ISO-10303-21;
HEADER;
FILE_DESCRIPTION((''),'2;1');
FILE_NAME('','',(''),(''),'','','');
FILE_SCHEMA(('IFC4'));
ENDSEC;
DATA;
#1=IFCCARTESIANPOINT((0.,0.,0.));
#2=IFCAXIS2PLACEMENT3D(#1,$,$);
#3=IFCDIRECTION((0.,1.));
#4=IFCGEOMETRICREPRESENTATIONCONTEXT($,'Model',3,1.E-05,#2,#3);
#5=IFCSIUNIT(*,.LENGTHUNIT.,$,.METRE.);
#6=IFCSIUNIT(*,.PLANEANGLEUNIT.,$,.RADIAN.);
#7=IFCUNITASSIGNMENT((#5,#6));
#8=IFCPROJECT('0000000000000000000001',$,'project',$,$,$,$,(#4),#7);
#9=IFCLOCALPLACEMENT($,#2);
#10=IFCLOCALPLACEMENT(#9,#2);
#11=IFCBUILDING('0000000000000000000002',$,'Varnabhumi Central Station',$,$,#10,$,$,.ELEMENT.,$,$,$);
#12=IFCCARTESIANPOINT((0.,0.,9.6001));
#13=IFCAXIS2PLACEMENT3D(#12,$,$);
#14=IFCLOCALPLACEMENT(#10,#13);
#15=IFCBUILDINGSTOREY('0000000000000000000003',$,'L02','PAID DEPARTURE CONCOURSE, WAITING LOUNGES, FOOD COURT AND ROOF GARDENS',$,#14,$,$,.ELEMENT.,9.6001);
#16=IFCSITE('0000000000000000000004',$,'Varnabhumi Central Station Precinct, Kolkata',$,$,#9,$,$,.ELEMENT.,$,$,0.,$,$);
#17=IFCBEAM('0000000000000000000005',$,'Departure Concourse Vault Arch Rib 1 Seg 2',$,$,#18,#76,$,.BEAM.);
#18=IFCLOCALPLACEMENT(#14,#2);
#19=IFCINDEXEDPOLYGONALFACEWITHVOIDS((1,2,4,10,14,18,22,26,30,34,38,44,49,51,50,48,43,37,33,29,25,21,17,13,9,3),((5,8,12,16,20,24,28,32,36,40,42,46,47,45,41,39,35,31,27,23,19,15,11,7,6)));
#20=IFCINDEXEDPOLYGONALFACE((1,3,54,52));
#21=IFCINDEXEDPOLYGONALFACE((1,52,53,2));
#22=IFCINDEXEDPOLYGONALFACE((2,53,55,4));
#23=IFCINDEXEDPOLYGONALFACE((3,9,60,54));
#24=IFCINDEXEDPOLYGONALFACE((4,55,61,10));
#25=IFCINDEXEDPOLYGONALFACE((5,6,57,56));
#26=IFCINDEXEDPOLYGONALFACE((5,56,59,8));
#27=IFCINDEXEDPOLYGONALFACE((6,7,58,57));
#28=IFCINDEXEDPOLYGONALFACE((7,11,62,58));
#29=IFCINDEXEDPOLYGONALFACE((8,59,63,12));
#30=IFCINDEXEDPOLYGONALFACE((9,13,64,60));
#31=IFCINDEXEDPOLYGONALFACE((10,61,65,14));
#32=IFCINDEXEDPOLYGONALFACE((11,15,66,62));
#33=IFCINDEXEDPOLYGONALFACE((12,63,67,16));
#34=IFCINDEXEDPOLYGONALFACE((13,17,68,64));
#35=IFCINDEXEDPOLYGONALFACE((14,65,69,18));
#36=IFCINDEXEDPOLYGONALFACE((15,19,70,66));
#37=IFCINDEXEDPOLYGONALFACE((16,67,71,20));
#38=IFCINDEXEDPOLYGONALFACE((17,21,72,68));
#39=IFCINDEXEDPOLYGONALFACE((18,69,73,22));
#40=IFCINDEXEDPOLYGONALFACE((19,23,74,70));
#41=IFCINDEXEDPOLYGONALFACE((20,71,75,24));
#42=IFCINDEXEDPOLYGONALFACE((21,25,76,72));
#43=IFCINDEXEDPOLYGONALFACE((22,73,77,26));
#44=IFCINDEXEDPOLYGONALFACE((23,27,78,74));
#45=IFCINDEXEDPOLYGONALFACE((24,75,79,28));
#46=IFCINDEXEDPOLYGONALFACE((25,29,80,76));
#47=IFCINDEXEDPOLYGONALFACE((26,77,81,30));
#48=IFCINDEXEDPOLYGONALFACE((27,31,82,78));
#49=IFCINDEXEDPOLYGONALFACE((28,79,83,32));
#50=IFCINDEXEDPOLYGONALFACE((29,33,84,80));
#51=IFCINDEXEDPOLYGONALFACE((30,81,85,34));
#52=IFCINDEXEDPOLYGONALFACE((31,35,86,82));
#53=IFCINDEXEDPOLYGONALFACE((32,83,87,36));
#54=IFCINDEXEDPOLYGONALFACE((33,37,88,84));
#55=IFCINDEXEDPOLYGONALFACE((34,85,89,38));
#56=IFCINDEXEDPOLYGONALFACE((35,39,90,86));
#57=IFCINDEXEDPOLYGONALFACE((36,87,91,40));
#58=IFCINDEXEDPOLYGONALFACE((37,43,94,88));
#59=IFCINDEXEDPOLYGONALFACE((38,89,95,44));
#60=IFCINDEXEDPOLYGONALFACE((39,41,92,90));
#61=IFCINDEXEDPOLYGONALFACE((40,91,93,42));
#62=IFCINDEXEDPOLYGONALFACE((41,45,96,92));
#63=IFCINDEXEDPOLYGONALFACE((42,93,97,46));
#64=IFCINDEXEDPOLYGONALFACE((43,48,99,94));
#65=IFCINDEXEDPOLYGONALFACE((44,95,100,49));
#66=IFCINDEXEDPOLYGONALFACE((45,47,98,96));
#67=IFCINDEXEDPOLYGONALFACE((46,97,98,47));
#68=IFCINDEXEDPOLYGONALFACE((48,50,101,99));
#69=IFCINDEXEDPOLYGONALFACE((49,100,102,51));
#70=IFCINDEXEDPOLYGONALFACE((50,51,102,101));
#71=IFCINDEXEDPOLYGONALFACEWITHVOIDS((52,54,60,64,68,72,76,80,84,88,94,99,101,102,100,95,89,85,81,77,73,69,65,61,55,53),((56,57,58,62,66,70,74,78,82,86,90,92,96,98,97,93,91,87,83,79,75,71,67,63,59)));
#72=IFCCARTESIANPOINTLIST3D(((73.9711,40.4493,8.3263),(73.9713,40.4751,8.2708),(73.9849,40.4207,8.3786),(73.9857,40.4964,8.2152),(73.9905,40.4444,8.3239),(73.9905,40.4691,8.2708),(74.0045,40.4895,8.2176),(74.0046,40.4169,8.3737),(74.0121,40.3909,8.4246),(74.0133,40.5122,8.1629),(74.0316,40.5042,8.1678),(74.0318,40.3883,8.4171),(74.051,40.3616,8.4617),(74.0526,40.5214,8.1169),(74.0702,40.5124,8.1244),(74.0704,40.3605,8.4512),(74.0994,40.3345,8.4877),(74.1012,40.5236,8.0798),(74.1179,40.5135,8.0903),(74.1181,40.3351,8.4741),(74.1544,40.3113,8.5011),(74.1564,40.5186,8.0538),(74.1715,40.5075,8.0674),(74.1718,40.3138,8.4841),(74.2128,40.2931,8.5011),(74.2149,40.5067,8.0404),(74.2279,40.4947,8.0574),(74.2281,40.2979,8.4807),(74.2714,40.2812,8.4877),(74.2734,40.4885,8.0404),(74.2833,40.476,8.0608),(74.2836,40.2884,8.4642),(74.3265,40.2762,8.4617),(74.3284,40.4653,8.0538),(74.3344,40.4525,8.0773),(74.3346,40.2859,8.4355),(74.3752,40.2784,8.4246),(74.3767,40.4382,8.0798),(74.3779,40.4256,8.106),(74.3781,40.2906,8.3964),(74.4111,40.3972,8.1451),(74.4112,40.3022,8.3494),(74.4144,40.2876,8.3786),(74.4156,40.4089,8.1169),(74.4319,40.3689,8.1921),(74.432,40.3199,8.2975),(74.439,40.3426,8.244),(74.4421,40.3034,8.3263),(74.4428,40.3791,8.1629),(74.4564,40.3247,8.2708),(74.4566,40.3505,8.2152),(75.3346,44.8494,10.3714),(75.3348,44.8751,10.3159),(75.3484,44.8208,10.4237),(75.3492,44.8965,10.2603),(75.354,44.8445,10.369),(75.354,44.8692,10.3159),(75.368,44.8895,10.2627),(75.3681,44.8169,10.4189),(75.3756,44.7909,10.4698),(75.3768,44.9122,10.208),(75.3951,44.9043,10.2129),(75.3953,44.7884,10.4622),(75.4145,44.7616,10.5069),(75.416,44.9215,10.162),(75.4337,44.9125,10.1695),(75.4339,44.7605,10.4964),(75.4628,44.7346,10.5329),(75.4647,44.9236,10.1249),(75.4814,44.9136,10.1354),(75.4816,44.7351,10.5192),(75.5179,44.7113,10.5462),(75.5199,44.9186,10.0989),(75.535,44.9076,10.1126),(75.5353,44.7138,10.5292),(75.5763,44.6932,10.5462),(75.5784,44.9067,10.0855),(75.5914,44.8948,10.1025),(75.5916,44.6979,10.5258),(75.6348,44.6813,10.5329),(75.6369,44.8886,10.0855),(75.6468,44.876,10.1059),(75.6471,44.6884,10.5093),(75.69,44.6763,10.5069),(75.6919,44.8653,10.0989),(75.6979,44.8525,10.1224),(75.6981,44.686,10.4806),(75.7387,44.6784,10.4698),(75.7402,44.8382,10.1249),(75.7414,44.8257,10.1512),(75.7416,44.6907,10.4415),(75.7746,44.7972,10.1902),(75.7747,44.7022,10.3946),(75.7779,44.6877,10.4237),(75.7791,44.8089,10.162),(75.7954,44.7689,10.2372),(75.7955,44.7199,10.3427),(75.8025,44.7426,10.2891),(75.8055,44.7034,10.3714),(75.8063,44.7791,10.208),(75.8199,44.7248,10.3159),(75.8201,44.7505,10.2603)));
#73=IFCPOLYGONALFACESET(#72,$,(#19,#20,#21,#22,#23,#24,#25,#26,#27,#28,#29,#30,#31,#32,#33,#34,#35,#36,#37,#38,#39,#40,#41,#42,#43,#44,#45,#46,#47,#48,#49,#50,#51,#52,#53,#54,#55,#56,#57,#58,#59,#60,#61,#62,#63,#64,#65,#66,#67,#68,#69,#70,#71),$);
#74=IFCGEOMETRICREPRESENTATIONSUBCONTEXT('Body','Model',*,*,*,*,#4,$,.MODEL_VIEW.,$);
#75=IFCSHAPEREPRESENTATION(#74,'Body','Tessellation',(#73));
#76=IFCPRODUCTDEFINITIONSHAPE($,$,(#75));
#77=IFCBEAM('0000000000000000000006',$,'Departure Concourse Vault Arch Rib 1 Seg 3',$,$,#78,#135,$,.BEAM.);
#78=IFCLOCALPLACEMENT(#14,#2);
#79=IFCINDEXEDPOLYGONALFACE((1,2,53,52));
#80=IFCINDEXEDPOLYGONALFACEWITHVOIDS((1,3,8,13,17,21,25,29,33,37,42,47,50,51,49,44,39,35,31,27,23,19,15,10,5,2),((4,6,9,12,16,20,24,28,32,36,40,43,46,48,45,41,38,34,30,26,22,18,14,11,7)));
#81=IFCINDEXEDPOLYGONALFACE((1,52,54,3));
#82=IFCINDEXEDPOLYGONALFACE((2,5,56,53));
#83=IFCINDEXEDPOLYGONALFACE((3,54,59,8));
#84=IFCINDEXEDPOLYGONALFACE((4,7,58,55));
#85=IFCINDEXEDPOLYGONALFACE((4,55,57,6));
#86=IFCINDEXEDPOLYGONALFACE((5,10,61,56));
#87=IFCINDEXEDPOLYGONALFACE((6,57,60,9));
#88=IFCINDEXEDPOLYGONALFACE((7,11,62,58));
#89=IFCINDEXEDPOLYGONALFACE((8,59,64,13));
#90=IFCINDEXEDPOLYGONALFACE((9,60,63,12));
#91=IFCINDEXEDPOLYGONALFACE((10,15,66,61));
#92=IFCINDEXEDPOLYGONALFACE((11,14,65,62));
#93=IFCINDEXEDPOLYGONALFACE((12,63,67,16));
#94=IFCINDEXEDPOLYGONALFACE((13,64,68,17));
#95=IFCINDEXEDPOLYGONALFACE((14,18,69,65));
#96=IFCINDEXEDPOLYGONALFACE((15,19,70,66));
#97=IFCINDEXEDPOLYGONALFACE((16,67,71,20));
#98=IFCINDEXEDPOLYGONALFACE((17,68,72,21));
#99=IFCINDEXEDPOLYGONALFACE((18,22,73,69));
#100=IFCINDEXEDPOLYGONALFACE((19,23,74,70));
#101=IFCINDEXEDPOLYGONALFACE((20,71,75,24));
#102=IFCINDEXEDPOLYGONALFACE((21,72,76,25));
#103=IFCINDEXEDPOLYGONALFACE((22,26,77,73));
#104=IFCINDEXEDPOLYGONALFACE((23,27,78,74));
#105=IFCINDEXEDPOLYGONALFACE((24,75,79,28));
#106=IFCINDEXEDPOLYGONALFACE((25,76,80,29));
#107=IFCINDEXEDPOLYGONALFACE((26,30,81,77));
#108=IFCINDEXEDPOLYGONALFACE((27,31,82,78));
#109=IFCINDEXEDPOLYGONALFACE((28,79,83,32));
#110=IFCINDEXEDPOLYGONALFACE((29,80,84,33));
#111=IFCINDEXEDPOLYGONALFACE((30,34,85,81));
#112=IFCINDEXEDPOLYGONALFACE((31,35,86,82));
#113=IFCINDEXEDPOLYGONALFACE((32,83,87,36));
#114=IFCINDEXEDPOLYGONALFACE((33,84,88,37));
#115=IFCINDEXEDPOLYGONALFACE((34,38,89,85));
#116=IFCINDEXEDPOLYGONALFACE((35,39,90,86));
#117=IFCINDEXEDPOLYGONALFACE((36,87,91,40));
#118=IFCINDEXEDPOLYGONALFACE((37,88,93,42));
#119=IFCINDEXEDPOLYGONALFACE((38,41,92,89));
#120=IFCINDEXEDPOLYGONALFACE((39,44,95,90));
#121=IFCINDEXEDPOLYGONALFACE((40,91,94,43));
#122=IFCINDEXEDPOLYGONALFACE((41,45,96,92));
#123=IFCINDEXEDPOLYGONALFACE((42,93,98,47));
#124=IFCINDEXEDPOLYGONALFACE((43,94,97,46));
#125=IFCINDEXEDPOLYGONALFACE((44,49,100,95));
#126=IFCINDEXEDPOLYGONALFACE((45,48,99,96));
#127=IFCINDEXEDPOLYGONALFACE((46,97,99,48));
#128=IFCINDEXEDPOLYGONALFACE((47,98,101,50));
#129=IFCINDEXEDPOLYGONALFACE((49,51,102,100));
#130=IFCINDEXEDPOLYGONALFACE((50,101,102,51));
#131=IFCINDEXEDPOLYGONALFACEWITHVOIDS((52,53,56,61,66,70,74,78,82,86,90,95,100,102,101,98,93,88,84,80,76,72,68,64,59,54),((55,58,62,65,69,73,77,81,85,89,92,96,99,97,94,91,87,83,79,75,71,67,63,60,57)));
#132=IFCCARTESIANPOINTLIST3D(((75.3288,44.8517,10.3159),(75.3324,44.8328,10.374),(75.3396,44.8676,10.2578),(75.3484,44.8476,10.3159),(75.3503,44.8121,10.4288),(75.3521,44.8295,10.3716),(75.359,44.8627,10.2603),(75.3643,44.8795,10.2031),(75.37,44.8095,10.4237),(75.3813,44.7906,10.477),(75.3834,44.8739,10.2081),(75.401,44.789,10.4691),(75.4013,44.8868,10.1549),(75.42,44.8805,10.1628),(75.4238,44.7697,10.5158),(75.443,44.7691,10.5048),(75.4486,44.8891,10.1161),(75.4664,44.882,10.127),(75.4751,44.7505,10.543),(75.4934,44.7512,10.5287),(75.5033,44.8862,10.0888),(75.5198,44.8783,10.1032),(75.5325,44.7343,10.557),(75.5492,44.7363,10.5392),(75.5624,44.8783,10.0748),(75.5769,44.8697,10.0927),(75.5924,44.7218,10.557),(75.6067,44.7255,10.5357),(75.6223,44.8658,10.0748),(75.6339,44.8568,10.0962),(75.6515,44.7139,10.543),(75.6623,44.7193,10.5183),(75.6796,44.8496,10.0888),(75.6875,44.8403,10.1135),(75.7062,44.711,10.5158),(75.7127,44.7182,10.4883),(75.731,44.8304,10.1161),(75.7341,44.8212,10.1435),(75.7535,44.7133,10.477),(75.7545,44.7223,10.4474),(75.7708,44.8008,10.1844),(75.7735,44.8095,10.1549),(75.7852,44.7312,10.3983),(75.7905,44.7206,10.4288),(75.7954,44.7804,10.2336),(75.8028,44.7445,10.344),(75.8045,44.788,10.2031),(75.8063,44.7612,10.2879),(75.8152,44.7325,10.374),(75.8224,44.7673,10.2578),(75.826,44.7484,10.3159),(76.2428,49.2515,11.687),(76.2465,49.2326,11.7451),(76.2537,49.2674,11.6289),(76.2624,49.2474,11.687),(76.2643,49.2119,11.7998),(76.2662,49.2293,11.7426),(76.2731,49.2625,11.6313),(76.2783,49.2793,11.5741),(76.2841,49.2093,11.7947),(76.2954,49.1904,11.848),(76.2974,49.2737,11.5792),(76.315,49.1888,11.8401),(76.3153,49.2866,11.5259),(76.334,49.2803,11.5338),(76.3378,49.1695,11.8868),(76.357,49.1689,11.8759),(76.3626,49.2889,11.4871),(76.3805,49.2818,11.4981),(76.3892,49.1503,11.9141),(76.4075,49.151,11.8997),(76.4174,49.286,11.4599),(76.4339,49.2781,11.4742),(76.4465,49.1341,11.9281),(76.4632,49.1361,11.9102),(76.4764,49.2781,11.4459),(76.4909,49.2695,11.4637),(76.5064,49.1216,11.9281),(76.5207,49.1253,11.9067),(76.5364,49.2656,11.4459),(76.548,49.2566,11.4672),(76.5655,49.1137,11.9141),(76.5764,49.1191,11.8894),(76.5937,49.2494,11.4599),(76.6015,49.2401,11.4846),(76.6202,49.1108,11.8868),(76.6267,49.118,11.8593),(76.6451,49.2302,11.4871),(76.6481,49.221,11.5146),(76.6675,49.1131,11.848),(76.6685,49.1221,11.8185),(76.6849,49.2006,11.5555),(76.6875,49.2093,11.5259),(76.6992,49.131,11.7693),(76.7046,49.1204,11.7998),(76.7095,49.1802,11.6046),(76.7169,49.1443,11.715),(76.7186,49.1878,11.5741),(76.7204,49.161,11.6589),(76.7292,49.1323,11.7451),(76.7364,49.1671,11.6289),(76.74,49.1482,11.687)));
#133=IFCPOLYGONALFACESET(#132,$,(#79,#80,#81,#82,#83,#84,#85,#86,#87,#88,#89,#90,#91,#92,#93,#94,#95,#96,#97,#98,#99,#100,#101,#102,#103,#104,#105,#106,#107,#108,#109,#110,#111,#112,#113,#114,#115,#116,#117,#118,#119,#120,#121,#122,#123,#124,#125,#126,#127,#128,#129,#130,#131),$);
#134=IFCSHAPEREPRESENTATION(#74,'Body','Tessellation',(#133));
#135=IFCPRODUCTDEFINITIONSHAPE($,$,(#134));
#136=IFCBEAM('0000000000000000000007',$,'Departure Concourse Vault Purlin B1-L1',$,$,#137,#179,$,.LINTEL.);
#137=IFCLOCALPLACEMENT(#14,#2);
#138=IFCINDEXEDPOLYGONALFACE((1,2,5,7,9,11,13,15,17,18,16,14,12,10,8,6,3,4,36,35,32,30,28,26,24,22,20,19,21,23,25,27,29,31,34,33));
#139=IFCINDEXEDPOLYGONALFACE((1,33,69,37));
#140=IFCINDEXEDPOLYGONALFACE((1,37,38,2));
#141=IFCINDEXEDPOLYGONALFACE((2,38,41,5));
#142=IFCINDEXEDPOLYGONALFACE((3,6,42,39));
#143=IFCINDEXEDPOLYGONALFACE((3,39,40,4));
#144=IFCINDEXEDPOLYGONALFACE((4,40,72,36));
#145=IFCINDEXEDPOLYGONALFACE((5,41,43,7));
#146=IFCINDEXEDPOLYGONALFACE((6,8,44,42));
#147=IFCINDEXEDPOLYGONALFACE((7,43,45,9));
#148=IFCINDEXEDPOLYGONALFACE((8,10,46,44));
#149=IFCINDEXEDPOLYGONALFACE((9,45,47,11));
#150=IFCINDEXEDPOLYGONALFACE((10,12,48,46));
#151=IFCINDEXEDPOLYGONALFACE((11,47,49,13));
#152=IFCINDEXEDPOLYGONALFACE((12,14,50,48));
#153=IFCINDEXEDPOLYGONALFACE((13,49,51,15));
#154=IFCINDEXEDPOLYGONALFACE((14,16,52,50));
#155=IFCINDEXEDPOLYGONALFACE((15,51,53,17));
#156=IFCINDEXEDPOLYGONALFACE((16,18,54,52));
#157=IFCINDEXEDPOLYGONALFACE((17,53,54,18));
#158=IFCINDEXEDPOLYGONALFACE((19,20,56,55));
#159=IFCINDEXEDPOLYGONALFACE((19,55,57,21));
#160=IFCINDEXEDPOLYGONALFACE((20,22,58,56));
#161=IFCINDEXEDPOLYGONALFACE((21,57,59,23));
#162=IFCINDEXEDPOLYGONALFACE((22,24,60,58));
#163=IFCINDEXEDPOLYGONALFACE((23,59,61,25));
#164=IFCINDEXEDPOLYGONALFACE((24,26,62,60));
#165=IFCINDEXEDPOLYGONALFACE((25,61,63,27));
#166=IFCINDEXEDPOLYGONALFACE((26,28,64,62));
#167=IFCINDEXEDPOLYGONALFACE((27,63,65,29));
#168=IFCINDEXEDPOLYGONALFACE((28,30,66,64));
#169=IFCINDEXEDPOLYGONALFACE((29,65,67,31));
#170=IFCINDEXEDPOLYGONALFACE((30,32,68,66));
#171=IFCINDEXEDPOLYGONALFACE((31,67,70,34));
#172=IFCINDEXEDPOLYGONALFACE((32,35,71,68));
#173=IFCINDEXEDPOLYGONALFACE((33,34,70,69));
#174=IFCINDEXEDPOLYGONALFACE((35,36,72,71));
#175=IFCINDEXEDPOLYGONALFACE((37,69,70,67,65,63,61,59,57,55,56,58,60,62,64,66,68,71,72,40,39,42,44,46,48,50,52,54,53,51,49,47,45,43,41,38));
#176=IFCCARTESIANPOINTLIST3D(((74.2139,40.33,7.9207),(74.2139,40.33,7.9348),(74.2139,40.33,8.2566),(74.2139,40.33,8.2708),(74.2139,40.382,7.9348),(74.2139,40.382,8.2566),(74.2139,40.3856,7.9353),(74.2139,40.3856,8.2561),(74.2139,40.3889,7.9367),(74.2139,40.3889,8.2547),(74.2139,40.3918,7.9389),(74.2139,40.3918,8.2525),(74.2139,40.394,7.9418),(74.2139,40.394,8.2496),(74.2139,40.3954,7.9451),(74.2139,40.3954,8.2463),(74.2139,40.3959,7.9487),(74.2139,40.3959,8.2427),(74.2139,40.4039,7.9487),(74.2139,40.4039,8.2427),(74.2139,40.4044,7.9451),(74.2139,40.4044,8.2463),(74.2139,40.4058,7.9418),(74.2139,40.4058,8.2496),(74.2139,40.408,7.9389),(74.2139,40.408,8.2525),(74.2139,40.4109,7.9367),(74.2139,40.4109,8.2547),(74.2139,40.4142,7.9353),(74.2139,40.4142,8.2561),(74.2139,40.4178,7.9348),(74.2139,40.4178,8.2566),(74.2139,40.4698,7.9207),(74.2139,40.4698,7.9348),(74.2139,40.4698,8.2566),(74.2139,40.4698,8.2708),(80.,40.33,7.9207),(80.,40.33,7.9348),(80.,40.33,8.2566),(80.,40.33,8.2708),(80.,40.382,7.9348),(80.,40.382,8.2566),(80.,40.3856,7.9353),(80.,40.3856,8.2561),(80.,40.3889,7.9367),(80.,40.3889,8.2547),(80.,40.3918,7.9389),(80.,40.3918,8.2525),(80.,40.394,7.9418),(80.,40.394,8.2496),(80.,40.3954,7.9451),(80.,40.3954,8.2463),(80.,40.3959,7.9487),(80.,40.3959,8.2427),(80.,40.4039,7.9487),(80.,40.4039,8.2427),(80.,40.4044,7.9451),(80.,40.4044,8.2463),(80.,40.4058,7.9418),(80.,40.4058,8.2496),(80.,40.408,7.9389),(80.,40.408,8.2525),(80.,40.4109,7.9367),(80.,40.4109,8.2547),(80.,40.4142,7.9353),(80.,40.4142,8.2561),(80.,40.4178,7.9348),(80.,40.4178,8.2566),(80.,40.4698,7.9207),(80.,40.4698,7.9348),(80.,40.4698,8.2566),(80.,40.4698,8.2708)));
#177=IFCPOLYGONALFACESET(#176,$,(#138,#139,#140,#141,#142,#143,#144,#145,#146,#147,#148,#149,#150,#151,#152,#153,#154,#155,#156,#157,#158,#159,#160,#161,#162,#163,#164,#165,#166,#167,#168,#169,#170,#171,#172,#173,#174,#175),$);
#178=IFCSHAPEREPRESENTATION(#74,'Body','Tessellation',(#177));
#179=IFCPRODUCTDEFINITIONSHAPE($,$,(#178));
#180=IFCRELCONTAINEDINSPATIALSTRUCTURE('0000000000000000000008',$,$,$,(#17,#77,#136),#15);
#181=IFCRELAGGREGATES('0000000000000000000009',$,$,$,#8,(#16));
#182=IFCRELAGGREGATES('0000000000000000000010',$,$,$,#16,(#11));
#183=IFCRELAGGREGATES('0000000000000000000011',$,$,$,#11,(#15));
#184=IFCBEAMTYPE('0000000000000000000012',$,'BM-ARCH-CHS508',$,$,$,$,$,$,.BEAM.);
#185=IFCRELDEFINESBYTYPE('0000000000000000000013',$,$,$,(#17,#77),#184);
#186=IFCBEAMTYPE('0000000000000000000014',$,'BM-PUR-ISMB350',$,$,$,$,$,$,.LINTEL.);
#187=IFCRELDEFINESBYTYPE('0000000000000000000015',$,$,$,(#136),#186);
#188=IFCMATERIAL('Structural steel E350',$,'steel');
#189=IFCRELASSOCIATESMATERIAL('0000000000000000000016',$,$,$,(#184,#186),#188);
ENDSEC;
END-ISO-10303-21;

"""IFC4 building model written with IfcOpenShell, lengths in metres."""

from ifc_helpers import new_model, si_unit, direction, frame, origin, origin_2d, place, context, subcontext, project, spatial, hollow_circle, i_section, extrude, material, material_profile, profile_set, type_object, element, save


model = new_model("IFC4")

# Units and contexts
model_context = context("Model", 3, precision=1e-05, world=origin(), true_north=direction((0.0, 1.0)))
body_context = subcontext(model_context, "Body", "Model", "MODEL_VIEW")
ifc_project = project(units=[si_unit("LENGTHUNIT", "METRE"), si_unit("PLANEANGLEUNIT", "RADIAN")], contexts=[model_context])

# Site, building, storey
site_placement = place(None, origin())
site = spatial("IfcSite", under=ifc_project, at=site_placement, Name="Varnabhumi Central Station Precinct, Kolkata", CompositionType="ELEMENT", RefElevation=0.0)
building_placement = place(site_placement, origin())
building = spatial("IfcBuilding", under=site, at=building_placement, Name="Varnabhumi Central Station", CompositionType="ELEMENT")
storey_placement = place(building_placement, frame((0.0, 0.0, 9.6001)))
storey = spatial("IfcBuildingStorey", under=building, at=storey_placement, Name="L02", Description="PAID DEPARTURE CONCOURSE, WAITING LOUNGES, FOOD COURT AND ROOF GARDENS", CompositionType="ELEMENT", Elevation=9.6001)

# Beams
ifc_material_1 = material(Name="Structural steel E350", Category="steel")
ifc_material_profile_1 = material_profile(ifc_material_1, hollow_circle(Radius=0.2539, WallThickness=0.02, at=origin_2d()), Name="Structural steel E350", Category="steel")
ifc_profile_set_1 = profile_set([ifc_material_profile_1], Name="Structural steel E350")
beam_type_1 = type_object("IfcBeamType", Name="BM-ARCH-CHS508", PredefinedType="BEAM", material=ifc_profile_set_1)
beam_1_placement = place(storey_placement, frame((74.2139, 40.3999, 8.2708), z_axis=(0.270532, 0.873018, 0.405774), x_axis=(-0.955189, 0.295996, 0.0)))
element("IfcBeam", 1, at=beam_1_placement, inside=storey, type_object=beam_type_1, Name="Departure Concourse Vault Arch Rib 1 Seg 2", PredefinedType="BEAM", context=body_context, shape_type="SweptSolid", body=[
    extrude(hollow_circle(Radius=0.2539, WallThickness=0.02, at=origin_2d()), origin(), (0.0, 0.0, 1.0), 5.04),
])
beam_2_placement = place(storey_placement, frame((75.5774, 44.8, 10.3159), z_axis=(0.194549, 0.936477, 0.291824), x_axis=(-0.979095, 0.203403, 0.0)))
element("IfcBeam", 2, at=beam_2_placement, inside=storey, type_object=beam_type_1, Name="Departure Concourse Vault Arch Rib 1 Seg 3", PredefinedType="BEAM", context=body_context, shape_type="SweptSolid", body=[
    extrude(hollow_circle(Radius=0.2539, WallThickness=0.02, at=origin_2d()), origin(), (0.0, 0.0, 1.0), 4.6982),
])
ifc_material_profile_2 = material_profile(ifc_material_1, i_section(OverallWidth=0.1399, OverallDepth=0.3501, WebThickness=0.0081, FlangeThickness=0.0142, FilletRadius=0.0139, at=origin_2d()), Name="Structural steel E350", Category="steel")
ifc_profile_set_2 = profile_set([ifc_material_profile_2], Name="Structural steel E350")
beam_type_2 = type_object("IfcBeamType", Name="BM-PUR-ISMB350", PredefinedType="LINTEL", material=ifc_profile_set_2)
beam_3_placement = place(storey_placement, frame((74.2139, 40.3999, 8.0957), z_axis=(1.0, 0.0, 0.0), x_axis=(0.0, 1.0, 0.0)))
element("IfcBeam", 3, at=beam_3_placement, inside=storey, type_object=beam_type_2, Name="Departure Concourse Vault Purlin B1-L1", PredefinedType="LINTEL", context=body_context, shape_type="SweptSolid", body=[
    extrude(i_section(OverallWidth=0.1399, OverallDepth=0.3501, WebThickness=0.0081, FlangeThickness=0.0142, FilletRadius=0.0139, at=origin_2d()), origin(), (0.0, 0.0, 1.0), 5.7861),
])

save(model, "model.ifc")
